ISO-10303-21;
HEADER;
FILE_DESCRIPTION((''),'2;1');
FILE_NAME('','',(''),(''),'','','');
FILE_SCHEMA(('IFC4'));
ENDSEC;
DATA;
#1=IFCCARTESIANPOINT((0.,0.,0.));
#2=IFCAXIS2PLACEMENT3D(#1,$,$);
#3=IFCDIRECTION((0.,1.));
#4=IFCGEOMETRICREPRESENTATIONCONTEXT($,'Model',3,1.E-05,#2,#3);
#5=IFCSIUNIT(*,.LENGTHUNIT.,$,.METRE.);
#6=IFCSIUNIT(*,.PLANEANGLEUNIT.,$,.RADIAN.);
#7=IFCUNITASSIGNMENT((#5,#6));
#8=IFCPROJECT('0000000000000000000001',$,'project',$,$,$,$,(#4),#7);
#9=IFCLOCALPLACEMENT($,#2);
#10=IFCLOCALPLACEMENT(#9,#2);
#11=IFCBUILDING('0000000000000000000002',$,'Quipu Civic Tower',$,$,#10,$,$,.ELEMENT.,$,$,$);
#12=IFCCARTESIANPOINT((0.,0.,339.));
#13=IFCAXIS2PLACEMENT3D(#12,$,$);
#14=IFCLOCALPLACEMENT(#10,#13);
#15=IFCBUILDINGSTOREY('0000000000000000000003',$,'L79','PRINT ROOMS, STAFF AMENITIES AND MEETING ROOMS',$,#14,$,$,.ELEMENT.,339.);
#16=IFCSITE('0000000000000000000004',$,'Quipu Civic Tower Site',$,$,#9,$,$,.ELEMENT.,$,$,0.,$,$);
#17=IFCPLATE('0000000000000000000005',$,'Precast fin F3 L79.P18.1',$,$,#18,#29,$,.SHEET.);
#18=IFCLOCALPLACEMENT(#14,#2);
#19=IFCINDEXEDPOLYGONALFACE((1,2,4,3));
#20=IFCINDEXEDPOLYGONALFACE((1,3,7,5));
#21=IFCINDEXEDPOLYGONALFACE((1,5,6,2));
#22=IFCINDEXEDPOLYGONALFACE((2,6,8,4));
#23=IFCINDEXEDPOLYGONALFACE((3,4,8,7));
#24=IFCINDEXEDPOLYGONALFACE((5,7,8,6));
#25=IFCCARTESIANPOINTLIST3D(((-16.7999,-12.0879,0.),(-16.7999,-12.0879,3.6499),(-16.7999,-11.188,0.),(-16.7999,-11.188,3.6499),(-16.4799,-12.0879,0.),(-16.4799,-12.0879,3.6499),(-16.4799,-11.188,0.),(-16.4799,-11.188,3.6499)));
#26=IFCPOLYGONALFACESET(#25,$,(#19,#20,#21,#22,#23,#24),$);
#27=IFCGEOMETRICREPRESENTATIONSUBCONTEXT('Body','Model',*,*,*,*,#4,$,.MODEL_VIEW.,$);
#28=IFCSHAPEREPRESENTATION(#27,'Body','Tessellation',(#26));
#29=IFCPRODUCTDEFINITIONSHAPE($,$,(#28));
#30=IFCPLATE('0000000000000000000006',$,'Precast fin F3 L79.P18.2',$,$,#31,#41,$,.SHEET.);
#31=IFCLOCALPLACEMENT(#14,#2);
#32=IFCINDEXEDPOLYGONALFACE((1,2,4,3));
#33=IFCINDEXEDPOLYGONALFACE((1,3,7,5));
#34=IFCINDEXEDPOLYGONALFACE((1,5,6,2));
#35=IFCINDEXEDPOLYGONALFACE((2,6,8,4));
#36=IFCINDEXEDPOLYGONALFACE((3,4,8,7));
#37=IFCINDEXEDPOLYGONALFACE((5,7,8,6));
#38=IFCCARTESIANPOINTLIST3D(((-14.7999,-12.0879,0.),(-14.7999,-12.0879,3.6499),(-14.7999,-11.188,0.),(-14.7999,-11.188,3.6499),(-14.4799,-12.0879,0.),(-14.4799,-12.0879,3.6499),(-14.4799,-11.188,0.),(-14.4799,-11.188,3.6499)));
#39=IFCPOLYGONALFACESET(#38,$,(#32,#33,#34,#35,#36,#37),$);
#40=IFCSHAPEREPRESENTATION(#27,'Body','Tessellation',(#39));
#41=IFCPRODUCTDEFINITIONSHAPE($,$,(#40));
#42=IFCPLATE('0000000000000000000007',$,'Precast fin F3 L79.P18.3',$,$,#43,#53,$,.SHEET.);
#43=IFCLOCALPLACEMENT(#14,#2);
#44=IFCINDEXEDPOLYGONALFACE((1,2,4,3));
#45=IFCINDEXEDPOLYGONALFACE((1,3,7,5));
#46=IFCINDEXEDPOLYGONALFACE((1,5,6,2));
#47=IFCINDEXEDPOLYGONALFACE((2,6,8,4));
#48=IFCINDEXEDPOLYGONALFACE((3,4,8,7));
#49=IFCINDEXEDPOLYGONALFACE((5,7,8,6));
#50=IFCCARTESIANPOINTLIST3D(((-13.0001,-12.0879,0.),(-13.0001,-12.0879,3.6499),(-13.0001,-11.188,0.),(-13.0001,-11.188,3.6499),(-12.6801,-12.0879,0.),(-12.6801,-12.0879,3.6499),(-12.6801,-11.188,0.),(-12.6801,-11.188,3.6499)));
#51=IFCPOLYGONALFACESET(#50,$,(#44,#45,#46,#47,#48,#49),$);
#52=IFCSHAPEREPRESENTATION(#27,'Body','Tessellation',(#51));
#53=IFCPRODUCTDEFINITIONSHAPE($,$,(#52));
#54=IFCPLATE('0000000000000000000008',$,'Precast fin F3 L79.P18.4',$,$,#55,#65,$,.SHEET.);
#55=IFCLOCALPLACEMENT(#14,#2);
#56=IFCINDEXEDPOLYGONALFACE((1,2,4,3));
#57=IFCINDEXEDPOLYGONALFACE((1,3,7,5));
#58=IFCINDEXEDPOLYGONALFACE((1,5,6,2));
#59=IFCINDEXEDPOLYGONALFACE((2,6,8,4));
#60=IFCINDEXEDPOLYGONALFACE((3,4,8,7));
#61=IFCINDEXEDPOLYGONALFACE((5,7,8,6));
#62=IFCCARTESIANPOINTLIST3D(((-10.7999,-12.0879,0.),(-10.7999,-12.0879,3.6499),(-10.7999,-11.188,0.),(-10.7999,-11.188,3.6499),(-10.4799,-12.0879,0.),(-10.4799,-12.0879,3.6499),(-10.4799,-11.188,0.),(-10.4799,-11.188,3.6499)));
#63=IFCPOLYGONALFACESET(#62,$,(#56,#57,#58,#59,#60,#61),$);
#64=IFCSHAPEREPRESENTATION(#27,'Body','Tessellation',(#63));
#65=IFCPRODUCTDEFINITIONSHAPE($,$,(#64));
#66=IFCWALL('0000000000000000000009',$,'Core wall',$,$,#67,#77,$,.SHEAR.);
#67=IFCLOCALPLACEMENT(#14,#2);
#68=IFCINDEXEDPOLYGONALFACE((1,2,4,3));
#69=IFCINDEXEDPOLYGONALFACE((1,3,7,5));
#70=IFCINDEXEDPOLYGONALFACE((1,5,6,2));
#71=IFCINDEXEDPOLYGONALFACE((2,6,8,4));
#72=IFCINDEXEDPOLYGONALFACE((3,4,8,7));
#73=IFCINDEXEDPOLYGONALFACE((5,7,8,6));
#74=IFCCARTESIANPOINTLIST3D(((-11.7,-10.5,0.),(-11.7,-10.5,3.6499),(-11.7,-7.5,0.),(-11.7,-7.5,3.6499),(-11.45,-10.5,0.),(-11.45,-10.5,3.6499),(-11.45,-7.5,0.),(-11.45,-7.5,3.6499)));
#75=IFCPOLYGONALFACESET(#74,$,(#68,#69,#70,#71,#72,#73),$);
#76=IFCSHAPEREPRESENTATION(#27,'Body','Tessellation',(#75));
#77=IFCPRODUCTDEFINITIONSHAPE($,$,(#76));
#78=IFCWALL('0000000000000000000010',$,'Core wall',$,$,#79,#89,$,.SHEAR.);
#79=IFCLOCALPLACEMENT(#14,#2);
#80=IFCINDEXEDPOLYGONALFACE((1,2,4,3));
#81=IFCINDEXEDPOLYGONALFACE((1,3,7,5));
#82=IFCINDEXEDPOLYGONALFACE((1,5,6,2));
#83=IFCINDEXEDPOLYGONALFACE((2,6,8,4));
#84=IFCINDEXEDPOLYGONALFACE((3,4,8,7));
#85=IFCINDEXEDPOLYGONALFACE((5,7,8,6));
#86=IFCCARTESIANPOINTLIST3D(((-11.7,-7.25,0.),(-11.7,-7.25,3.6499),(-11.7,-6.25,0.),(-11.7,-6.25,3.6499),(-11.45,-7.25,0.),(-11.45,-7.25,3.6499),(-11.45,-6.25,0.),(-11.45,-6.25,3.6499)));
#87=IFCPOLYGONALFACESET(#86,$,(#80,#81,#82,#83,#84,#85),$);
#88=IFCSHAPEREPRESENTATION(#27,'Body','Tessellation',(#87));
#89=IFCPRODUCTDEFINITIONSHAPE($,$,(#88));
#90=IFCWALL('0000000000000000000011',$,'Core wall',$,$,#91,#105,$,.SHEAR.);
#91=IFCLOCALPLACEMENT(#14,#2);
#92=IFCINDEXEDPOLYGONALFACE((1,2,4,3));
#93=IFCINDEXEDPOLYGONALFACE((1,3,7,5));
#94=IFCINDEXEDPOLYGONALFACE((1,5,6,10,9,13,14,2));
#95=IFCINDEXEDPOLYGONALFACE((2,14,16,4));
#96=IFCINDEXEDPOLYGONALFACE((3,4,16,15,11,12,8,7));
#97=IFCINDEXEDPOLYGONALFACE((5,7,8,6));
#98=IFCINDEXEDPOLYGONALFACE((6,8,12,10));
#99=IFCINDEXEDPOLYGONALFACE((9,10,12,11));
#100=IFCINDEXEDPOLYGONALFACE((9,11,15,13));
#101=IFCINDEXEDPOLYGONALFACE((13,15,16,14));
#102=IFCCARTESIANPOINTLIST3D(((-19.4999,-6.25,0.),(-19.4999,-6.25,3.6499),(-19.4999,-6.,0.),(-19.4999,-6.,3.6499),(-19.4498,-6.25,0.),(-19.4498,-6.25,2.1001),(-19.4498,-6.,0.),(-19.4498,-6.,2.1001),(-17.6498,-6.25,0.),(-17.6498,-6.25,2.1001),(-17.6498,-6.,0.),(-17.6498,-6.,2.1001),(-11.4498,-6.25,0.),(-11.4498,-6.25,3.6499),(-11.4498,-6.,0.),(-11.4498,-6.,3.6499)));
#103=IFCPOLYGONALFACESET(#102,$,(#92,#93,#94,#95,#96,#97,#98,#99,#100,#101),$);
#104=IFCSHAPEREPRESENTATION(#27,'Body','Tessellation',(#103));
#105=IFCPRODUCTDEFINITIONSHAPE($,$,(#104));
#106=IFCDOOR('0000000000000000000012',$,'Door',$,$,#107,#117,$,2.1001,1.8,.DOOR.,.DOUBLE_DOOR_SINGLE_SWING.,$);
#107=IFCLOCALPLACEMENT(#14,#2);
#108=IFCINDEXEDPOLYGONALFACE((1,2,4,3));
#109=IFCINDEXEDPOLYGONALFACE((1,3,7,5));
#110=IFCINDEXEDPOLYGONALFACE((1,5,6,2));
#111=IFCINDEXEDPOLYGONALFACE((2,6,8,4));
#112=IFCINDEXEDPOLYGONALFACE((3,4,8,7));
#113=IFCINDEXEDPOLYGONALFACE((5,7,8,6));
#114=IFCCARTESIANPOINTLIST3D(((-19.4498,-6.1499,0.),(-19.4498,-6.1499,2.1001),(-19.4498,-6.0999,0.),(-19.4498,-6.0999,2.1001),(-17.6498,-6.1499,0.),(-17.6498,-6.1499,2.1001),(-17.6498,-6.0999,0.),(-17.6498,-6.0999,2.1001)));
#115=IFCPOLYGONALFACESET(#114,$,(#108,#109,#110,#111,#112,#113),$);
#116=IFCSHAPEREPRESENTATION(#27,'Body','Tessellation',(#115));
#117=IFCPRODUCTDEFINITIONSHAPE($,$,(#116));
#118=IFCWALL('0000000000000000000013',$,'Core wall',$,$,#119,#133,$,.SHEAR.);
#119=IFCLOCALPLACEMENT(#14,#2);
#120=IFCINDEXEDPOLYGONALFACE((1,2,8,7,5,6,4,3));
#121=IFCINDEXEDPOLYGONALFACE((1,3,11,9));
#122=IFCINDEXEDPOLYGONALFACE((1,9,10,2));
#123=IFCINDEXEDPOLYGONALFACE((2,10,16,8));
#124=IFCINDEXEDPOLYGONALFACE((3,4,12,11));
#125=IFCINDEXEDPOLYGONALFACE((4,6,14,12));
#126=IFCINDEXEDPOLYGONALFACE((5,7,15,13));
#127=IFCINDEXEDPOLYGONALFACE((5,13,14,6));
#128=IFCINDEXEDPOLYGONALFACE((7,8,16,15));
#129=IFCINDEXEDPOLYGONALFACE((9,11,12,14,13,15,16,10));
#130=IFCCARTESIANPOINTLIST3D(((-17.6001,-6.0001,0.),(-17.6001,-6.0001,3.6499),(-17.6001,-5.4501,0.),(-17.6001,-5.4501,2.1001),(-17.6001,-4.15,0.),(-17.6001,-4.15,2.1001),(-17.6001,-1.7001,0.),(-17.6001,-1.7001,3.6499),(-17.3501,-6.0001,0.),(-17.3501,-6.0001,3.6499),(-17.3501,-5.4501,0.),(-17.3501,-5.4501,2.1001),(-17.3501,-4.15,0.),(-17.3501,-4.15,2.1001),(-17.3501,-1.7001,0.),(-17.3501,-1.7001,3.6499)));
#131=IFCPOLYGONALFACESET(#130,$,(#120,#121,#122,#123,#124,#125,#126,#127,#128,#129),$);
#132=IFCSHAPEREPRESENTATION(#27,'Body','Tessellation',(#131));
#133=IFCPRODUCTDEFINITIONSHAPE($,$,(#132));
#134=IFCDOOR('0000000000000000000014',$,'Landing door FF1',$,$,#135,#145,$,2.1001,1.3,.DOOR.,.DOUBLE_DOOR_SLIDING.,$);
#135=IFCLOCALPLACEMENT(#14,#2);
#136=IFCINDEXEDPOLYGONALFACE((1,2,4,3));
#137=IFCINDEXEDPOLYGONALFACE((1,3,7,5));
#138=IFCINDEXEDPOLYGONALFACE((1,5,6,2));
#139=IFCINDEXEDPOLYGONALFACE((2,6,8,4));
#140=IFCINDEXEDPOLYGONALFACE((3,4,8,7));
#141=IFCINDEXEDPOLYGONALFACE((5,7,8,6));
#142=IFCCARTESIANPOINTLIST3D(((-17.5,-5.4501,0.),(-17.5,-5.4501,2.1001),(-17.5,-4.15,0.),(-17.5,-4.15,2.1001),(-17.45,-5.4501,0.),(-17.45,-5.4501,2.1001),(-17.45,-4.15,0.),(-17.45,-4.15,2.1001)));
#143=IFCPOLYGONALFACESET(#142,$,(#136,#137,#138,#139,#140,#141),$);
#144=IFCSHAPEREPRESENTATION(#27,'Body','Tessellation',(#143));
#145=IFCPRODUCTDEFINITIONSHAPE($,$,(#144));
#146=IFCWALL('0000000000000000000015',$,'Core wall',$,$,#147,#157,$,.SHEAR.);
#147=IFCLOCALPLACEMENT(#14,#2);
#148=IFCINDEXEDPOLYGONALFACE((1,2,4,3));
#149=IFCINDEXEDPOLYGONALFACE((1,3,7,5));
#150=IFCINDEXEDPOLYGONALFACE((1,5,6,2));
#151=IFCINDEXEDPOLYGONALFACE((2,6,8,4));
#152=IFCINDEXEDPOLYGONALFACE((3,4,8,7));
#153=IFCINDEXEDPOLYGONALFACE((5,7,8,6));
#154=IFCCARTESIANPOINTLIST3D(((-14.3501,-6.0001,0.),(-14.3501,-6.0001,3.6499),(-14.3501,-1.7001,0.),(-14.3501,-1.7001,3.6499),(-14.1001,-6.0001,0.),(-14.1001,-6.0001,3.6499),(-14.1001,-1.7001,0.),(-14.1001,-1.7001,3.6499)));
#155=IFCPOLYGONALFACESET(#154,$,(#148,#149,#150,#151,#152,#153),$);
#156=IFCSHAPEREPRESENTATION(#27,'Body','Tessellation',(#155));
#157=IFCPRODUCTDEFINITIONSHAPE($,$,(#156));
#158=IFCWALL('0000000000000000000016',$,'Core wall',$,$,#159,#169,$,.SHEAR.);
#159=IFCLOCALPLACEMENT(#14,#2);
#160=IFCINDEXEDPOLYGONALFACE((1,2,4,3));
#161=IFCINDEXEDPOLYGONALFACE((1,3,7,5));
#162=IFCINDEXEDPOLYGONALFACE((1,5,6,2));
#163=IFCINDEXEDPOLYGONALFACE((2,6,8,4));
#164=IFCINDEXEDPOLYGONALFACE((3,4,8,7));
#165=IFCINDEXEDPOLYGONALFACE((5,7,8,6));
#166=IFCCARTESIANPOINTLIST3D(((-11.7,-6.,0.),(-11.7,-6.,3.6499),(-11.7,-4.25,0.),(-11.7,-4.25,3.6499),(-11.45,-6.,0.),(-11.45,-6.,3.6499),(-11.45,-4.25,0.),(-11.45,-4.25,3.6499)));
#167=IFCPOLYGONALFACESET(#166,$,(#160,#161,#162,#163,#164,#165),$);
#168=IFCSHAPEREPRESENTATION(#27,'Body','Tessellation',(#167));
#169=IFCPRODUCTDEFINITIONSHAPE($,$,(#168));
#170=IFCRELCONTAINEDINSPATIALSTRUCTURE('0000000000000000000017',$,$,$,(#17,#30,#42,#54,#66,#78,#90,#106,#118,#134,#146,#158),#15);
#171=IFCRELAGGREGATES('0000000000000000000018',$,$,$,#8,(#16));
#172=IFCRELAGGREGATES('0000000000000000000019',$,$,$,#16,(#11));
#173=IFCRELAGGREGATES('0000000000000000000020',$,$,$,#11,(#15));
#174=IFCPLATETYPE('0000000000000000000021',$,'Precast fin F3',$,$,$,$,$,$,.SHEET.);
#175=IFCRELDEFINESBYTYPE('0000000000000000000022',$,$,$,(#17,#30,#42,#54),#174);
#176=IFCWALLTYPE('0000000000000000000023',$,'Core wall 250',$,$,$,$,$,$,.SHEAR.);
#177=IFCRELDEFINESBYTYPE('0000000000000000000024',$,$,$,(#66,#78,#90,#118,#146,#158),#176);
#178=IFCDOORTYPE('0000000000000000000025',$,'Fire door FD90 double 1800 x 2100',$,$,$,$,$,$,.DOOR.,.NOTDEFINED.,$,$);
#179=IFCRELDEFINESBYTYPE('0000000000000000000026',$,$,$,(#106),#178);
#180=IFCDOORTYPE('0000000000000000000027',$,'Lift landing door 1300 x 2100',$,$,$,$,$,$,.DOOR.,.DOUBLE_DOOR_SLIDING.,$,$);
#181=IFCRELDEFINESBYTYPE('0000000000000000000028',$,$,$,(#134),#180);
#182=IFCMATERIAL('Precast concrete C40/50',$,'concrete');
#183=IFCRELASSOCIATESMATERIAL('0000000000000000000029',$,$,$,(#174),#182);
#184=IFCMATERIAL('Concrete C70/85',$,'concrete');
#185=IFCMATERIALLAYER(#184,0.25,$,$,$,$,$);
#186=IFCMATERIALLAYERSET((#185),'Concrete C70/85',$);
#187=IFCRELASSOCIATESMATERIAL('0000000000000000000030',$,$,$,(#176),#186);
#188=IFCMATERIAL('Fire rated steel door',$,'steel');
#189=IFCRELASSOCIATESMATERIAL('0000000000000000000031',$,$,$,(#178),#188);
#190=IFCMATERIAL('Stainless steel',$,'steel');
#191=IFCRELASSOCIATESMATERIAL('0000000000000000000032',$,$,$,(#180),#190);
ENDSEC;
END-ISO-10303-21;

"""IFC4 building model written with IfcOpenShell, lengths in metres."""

from ifc_helpers import new_model, si_unit, direction, frame, frame_2d, origin, origin_2d, place, context, subcontext, project, spatial, rectangle, extrude, material, layer, layer_set, type_object, element, fill, save


model = new_model("IFC4")

# Units and contexts
model_context = context("Model", 3, precision=1e-05, world=origin(), true_north=direction((0.0, 1.0)))
body_context = subcontext(model_context, "Body", "Model", "MODEL_VIEW")
ifc_project = project(units=[si_unit("LENGTHUNIT", "METRE"), si_unit("PLANEANGLEUNIT", "RADIAN")], contexts=[model_context])

# Site, building, storey
site_placement = place(None, origin())
site = spatial("IfcSite", under=ifc_project, at=site_placement, Name="Quipu Civic Tower Site", CompositionType="ELEMENT", RefElevation=0.0)
building_placement = place(site_placement, origin())
building = spatial("IfcBuilding", under=site, at=building_placement, Name="Quipu Civic Tower", CompositionType="ELEMENT")
storey_placement = place(building_placement, frame((0.0, 0.0, 339.0)))
storey = spatial("IfcBuildingStorey", under=building, at=storey_placement, Name="L79", Description="PRINT ROOMS, STAFF AMENITIES AND MEETING ROOMS", CompositionType="ELEMENT", Elevation=339.0)

# Plates
ifc_material_1 = material(Name="Precast concrete C40/50", Category="concrete")
plate_type = type_object("IfcPlateType", Name="Precast fin F3", PredefinedType="SHEET", material=ifc_material_1)
for number, where, z_axis, x_axis, name in (
    (1, (-16.6399, -11.6379, 0.0), (0.0, 0.0, 1.0), (1.0, 0.0, 0.0), "Precast fin F3 L79.P18.1"),
    (2, (-14.6399, -11.6379, 0.0), (0.0, 0.0, 1.0), (1.0, 0.0, 0.0), "Precast fin F3 L79.P18.2"),
    (3, (-12.8401, -11.6379, 0.0), (0.0, 0.0, 1.0), (1.0, 0.0, 0.0), "Precast fin F3 L79.P18.3"),
    (4, (-10.6399, -11.6379, 0.0), (0.0, 0.0, 1.0), (1.0, 0.0, 0.0), "Precast fin F3 L79.P18.4"),
):
    element("IfcPlate", number, at=place(storey_placement, frame(where, z_axis=z_axis, x_axis=x_axis)), inside=storey, type_object=plate_type, Name=name, PredefinedType="SHEET", context=body_context, shape_type="SweptSolid", body=[
        extrude(rectangle(XDim=0.3201, YDim=0.8999, at=origin_2d()), origin(), (0.0, 0.0, 1.0), 3.6499),
    ])

# Walls
ifc_material_2 = material(Name="Concrete C70/85", Category="concrete")
ifc_layer_1 = layer(ifc_material_2, 0.25)
ifc_layer_set_1 = layer_set([ifc_layer_1], Name="Concrete C70/85")
wall_type_1 = type_object("IfcWallType", Name="Core wall 250", PredefinedType="SHEAR", material=ifc_layer_set_1)
wall_1_placement = place(storey_placement, frame((-11.575, -10.5, 0.0), z_axis=(0.0, 0.0, 1.0), x_axis=(0.0, 1.0, 0.0)))
element("IfcWall", 5, at=wall_1_placement, inside=storey, type_object=wall_type_1, Name="Core wall", PredefinedType="SHEAR", context=body_context, shape_type="SweptSolid", body=[
    extrude(rectangle(XDim=3.0, YDim=0.25, at=frame_2d((1.5, 0.0))), origin(), (0.0, 0.0, 1.0), 3.6499),
])
wall_2_placement = place(storey_placement, frame((-11.575, -7.25, 0.0), z_axis=(0.0, 0.0, 1.0), x_axis=(0.0, 1.0, 0.0)))
element("IfcWall", 6, at=wall_2_placement, inside=storey, type_object=wall_type_1, Name="Core wall", PredefinedType="SHEAR", context=body_context, shape_type="SweptSolid", body=[
    extrude(rectangle(XDim=1.0, YDim=0.25, at=frame_2d((0.5, 0.0))), origin(), (0.0, 0.0, 1.0), 3.6499),
])

# Walls, openings, doors
wall_3_placement = place(storey_placement, frame((-11.45, -6.125, 0.0), z_axis=(0.0, 0.0, 1.0), x_axis=(-1.0, 0.0, 0.0)))
wall_3 = element("IfcWall", 7, at=wall_3_placement, inside=storey, type_object=wall_type_1, Name="Core wall", PredefinedType="SHEAR", context=body_context, shape_type="SweptSolid", body=[
    extrude(rectangle(XDim=8.05, YDim=0.25, at=frame_2d((4.0249, 0.0))), origin(), (0.0, 0.0, 1.0), 3.6499),
])
opening_1_placement = place(wall_3_placement, frame((6.2, 0.0, 0.0)))
opening_1 = element("IfcOpeningElement", 8, at=opening_1_placement, cuts=wall_3, PredefinedType="OPENING", context=body_context, shape_type="SweptSolid", body=[
    extrude(rectangle(XDim=1.8, YDim=2.1001, at=frame_2d((0.8999, 1.05))), frame((0.0, 0.135, 0.0), z_axis=(0.0, -1.0, 0.0), x_axis=(1.0, 0.0, 0.0)), (0.0, 0.0, 1.0), 0.27),
])
ifc_material_3 = material(Name="Fire rated steel door", Category="steel")
door_type_1 = type_object("IfcDoorType", Name="Fire door FD90 double 1800 x 2100", OperationType="NOTDEFINED", PredefinedType="DOOR", material=ifc_material_3)
door_1_placement = place(opening_1_placement, origin())
door_1 = element("IfcDoor", 9, at=door_1_placement, inside=storey, type_object=door_type_1, Name="Door", OperationType="DOUBLE_DOOR_SINGLE_SWING", OverallHeight=2.1001, OverallWidth=1.8, PredefinedType="DOOR", context=body_context, shape_type="SweptSolid", body=[
    extrude(rectangle(XDim=1.8, YDim=2.1001, at=frame_2d((0.8999, 1.05))), frame((0.0, 0.0249, 0.0), z_axis=(0.0, -1.0, 0.0), x_axis=(1.0, 0.0, 0.0)), (0.0, 0.0, 1.0), 0.05),
])
fill(opening_1, door_1)
wall_4_placement = place(storey_placement, frame((-17.4751, -6.0, 0.0), z_axis=(0.0, 0.0, 1.0), x_axis=(0.0, 1.0, 0.0)))
wall_4 = element("IfcWall", 10, at=wall_4_placement, inside=storey, type_object=wall_type_1, Name="Core wall", PredefinedType="SHEAR", context=body_context, shape_type="SweptSolid", body=[
    extrude(rectangle(XDim=4.3, YDim=0.25, at=frame_2d((2.1499, 0.0))), origin(), (0.0, 0.0, 1.0), 3.6499),
])
opening_2_placement = place(wall_4_placement, frame((0.55, 0.0, 0.0)))
opening_2 = element("IfcOpeningElement", 11, at=opening_2_placement, cuts=wall_4, PredefinedType="OPENING", context=body_context, shape_type="SweptSolid", body=[
    extrude(rectangle(XDim=1.3, YDim=2.1001, at=frame_2d((0.6499, 1.05))), frame((0.0, 0.135, 0.0), z_axis=(0.0, -1.0, 0.0), x_axis=(1.0, 0.0, 0.0)), (0.0, 0.0, 1.0), 0.27),
])
ifc_material_4 = material(Name="Stainless steel", Category="steel")
door_type_2 = type_object("IfcDoorType", Name="Lift landing door 1300 x 2100", OperationType="DOUBLE_DOOR_SLIDING", PredefinedType="DOOR", material=ifc_material_4)
door_2_placement = place(opening_2_placement, origin())
door_2 = element("IfcDoor", 12, at=door_2_placement, inside=storey, type_object=door_type_2, Name="Landing door FF1", OperationType="DOUBLE_DOOR_SLIDING", OverallHeight=2.1001, OverallWidth=1.3, PredefinedType="DOOR", context=body_context, shape_type="SweptSolid", body=[
    extrude(rectangle(XDim=1.3, YDim=2.1001, at=frame_2d((0.6499, 1.05))), frame((0.0, 0.0249, 0.0), z_axis=(0.0, -1.0, 0.0), x_axis=(1.0, 0.0, 0.0)), (0.0, 0.0, 1.0), 0.05),
])
fill(opening_2, door_2)

# Walls
wall_5_placement = place(storey_placement, frame((-14.2251, -6.0, 0.0), z_axis=(0.0, 0.0, 1.0), x_axis=(0.0, 1.0, 0.0)))
element("IfcWall", 13, at=wall_5_placement, inside=storey, type_object=wall_type_1, Name="Core wall", PredefinedType="SHEAR", context=body_context, shape_type="SweptSolid", body=[
    extrude(rectangle(XDim=4.3, YDim=0.25, at=frame_2d((2.1499, 0.0))), origin(), (0.0, 0.0, 1.0), 3.6499),
])
wall_6_placement = place(storey_placement, frame((-11.575, -6.0, 0.0), z_axis=(0.0, 0.0, 1.0), x_axis=(0.0, 1.0, 0.0)))
element("IfcWall", 14, at=wall_6_placement, inside=storey, type_object=wall_type_1, Name="Core wall", PredefinedType="SHEAR", context=body_context, shape_type="SweptSolid", body=[
    extrude(rectangle(XDim=1.75, YDim=0.25, at=frame_2d((0.875, 0.0))), origin(), (0.0, 0.0, 1.0), 3.6499),
])

save(model, "model.ifc")
